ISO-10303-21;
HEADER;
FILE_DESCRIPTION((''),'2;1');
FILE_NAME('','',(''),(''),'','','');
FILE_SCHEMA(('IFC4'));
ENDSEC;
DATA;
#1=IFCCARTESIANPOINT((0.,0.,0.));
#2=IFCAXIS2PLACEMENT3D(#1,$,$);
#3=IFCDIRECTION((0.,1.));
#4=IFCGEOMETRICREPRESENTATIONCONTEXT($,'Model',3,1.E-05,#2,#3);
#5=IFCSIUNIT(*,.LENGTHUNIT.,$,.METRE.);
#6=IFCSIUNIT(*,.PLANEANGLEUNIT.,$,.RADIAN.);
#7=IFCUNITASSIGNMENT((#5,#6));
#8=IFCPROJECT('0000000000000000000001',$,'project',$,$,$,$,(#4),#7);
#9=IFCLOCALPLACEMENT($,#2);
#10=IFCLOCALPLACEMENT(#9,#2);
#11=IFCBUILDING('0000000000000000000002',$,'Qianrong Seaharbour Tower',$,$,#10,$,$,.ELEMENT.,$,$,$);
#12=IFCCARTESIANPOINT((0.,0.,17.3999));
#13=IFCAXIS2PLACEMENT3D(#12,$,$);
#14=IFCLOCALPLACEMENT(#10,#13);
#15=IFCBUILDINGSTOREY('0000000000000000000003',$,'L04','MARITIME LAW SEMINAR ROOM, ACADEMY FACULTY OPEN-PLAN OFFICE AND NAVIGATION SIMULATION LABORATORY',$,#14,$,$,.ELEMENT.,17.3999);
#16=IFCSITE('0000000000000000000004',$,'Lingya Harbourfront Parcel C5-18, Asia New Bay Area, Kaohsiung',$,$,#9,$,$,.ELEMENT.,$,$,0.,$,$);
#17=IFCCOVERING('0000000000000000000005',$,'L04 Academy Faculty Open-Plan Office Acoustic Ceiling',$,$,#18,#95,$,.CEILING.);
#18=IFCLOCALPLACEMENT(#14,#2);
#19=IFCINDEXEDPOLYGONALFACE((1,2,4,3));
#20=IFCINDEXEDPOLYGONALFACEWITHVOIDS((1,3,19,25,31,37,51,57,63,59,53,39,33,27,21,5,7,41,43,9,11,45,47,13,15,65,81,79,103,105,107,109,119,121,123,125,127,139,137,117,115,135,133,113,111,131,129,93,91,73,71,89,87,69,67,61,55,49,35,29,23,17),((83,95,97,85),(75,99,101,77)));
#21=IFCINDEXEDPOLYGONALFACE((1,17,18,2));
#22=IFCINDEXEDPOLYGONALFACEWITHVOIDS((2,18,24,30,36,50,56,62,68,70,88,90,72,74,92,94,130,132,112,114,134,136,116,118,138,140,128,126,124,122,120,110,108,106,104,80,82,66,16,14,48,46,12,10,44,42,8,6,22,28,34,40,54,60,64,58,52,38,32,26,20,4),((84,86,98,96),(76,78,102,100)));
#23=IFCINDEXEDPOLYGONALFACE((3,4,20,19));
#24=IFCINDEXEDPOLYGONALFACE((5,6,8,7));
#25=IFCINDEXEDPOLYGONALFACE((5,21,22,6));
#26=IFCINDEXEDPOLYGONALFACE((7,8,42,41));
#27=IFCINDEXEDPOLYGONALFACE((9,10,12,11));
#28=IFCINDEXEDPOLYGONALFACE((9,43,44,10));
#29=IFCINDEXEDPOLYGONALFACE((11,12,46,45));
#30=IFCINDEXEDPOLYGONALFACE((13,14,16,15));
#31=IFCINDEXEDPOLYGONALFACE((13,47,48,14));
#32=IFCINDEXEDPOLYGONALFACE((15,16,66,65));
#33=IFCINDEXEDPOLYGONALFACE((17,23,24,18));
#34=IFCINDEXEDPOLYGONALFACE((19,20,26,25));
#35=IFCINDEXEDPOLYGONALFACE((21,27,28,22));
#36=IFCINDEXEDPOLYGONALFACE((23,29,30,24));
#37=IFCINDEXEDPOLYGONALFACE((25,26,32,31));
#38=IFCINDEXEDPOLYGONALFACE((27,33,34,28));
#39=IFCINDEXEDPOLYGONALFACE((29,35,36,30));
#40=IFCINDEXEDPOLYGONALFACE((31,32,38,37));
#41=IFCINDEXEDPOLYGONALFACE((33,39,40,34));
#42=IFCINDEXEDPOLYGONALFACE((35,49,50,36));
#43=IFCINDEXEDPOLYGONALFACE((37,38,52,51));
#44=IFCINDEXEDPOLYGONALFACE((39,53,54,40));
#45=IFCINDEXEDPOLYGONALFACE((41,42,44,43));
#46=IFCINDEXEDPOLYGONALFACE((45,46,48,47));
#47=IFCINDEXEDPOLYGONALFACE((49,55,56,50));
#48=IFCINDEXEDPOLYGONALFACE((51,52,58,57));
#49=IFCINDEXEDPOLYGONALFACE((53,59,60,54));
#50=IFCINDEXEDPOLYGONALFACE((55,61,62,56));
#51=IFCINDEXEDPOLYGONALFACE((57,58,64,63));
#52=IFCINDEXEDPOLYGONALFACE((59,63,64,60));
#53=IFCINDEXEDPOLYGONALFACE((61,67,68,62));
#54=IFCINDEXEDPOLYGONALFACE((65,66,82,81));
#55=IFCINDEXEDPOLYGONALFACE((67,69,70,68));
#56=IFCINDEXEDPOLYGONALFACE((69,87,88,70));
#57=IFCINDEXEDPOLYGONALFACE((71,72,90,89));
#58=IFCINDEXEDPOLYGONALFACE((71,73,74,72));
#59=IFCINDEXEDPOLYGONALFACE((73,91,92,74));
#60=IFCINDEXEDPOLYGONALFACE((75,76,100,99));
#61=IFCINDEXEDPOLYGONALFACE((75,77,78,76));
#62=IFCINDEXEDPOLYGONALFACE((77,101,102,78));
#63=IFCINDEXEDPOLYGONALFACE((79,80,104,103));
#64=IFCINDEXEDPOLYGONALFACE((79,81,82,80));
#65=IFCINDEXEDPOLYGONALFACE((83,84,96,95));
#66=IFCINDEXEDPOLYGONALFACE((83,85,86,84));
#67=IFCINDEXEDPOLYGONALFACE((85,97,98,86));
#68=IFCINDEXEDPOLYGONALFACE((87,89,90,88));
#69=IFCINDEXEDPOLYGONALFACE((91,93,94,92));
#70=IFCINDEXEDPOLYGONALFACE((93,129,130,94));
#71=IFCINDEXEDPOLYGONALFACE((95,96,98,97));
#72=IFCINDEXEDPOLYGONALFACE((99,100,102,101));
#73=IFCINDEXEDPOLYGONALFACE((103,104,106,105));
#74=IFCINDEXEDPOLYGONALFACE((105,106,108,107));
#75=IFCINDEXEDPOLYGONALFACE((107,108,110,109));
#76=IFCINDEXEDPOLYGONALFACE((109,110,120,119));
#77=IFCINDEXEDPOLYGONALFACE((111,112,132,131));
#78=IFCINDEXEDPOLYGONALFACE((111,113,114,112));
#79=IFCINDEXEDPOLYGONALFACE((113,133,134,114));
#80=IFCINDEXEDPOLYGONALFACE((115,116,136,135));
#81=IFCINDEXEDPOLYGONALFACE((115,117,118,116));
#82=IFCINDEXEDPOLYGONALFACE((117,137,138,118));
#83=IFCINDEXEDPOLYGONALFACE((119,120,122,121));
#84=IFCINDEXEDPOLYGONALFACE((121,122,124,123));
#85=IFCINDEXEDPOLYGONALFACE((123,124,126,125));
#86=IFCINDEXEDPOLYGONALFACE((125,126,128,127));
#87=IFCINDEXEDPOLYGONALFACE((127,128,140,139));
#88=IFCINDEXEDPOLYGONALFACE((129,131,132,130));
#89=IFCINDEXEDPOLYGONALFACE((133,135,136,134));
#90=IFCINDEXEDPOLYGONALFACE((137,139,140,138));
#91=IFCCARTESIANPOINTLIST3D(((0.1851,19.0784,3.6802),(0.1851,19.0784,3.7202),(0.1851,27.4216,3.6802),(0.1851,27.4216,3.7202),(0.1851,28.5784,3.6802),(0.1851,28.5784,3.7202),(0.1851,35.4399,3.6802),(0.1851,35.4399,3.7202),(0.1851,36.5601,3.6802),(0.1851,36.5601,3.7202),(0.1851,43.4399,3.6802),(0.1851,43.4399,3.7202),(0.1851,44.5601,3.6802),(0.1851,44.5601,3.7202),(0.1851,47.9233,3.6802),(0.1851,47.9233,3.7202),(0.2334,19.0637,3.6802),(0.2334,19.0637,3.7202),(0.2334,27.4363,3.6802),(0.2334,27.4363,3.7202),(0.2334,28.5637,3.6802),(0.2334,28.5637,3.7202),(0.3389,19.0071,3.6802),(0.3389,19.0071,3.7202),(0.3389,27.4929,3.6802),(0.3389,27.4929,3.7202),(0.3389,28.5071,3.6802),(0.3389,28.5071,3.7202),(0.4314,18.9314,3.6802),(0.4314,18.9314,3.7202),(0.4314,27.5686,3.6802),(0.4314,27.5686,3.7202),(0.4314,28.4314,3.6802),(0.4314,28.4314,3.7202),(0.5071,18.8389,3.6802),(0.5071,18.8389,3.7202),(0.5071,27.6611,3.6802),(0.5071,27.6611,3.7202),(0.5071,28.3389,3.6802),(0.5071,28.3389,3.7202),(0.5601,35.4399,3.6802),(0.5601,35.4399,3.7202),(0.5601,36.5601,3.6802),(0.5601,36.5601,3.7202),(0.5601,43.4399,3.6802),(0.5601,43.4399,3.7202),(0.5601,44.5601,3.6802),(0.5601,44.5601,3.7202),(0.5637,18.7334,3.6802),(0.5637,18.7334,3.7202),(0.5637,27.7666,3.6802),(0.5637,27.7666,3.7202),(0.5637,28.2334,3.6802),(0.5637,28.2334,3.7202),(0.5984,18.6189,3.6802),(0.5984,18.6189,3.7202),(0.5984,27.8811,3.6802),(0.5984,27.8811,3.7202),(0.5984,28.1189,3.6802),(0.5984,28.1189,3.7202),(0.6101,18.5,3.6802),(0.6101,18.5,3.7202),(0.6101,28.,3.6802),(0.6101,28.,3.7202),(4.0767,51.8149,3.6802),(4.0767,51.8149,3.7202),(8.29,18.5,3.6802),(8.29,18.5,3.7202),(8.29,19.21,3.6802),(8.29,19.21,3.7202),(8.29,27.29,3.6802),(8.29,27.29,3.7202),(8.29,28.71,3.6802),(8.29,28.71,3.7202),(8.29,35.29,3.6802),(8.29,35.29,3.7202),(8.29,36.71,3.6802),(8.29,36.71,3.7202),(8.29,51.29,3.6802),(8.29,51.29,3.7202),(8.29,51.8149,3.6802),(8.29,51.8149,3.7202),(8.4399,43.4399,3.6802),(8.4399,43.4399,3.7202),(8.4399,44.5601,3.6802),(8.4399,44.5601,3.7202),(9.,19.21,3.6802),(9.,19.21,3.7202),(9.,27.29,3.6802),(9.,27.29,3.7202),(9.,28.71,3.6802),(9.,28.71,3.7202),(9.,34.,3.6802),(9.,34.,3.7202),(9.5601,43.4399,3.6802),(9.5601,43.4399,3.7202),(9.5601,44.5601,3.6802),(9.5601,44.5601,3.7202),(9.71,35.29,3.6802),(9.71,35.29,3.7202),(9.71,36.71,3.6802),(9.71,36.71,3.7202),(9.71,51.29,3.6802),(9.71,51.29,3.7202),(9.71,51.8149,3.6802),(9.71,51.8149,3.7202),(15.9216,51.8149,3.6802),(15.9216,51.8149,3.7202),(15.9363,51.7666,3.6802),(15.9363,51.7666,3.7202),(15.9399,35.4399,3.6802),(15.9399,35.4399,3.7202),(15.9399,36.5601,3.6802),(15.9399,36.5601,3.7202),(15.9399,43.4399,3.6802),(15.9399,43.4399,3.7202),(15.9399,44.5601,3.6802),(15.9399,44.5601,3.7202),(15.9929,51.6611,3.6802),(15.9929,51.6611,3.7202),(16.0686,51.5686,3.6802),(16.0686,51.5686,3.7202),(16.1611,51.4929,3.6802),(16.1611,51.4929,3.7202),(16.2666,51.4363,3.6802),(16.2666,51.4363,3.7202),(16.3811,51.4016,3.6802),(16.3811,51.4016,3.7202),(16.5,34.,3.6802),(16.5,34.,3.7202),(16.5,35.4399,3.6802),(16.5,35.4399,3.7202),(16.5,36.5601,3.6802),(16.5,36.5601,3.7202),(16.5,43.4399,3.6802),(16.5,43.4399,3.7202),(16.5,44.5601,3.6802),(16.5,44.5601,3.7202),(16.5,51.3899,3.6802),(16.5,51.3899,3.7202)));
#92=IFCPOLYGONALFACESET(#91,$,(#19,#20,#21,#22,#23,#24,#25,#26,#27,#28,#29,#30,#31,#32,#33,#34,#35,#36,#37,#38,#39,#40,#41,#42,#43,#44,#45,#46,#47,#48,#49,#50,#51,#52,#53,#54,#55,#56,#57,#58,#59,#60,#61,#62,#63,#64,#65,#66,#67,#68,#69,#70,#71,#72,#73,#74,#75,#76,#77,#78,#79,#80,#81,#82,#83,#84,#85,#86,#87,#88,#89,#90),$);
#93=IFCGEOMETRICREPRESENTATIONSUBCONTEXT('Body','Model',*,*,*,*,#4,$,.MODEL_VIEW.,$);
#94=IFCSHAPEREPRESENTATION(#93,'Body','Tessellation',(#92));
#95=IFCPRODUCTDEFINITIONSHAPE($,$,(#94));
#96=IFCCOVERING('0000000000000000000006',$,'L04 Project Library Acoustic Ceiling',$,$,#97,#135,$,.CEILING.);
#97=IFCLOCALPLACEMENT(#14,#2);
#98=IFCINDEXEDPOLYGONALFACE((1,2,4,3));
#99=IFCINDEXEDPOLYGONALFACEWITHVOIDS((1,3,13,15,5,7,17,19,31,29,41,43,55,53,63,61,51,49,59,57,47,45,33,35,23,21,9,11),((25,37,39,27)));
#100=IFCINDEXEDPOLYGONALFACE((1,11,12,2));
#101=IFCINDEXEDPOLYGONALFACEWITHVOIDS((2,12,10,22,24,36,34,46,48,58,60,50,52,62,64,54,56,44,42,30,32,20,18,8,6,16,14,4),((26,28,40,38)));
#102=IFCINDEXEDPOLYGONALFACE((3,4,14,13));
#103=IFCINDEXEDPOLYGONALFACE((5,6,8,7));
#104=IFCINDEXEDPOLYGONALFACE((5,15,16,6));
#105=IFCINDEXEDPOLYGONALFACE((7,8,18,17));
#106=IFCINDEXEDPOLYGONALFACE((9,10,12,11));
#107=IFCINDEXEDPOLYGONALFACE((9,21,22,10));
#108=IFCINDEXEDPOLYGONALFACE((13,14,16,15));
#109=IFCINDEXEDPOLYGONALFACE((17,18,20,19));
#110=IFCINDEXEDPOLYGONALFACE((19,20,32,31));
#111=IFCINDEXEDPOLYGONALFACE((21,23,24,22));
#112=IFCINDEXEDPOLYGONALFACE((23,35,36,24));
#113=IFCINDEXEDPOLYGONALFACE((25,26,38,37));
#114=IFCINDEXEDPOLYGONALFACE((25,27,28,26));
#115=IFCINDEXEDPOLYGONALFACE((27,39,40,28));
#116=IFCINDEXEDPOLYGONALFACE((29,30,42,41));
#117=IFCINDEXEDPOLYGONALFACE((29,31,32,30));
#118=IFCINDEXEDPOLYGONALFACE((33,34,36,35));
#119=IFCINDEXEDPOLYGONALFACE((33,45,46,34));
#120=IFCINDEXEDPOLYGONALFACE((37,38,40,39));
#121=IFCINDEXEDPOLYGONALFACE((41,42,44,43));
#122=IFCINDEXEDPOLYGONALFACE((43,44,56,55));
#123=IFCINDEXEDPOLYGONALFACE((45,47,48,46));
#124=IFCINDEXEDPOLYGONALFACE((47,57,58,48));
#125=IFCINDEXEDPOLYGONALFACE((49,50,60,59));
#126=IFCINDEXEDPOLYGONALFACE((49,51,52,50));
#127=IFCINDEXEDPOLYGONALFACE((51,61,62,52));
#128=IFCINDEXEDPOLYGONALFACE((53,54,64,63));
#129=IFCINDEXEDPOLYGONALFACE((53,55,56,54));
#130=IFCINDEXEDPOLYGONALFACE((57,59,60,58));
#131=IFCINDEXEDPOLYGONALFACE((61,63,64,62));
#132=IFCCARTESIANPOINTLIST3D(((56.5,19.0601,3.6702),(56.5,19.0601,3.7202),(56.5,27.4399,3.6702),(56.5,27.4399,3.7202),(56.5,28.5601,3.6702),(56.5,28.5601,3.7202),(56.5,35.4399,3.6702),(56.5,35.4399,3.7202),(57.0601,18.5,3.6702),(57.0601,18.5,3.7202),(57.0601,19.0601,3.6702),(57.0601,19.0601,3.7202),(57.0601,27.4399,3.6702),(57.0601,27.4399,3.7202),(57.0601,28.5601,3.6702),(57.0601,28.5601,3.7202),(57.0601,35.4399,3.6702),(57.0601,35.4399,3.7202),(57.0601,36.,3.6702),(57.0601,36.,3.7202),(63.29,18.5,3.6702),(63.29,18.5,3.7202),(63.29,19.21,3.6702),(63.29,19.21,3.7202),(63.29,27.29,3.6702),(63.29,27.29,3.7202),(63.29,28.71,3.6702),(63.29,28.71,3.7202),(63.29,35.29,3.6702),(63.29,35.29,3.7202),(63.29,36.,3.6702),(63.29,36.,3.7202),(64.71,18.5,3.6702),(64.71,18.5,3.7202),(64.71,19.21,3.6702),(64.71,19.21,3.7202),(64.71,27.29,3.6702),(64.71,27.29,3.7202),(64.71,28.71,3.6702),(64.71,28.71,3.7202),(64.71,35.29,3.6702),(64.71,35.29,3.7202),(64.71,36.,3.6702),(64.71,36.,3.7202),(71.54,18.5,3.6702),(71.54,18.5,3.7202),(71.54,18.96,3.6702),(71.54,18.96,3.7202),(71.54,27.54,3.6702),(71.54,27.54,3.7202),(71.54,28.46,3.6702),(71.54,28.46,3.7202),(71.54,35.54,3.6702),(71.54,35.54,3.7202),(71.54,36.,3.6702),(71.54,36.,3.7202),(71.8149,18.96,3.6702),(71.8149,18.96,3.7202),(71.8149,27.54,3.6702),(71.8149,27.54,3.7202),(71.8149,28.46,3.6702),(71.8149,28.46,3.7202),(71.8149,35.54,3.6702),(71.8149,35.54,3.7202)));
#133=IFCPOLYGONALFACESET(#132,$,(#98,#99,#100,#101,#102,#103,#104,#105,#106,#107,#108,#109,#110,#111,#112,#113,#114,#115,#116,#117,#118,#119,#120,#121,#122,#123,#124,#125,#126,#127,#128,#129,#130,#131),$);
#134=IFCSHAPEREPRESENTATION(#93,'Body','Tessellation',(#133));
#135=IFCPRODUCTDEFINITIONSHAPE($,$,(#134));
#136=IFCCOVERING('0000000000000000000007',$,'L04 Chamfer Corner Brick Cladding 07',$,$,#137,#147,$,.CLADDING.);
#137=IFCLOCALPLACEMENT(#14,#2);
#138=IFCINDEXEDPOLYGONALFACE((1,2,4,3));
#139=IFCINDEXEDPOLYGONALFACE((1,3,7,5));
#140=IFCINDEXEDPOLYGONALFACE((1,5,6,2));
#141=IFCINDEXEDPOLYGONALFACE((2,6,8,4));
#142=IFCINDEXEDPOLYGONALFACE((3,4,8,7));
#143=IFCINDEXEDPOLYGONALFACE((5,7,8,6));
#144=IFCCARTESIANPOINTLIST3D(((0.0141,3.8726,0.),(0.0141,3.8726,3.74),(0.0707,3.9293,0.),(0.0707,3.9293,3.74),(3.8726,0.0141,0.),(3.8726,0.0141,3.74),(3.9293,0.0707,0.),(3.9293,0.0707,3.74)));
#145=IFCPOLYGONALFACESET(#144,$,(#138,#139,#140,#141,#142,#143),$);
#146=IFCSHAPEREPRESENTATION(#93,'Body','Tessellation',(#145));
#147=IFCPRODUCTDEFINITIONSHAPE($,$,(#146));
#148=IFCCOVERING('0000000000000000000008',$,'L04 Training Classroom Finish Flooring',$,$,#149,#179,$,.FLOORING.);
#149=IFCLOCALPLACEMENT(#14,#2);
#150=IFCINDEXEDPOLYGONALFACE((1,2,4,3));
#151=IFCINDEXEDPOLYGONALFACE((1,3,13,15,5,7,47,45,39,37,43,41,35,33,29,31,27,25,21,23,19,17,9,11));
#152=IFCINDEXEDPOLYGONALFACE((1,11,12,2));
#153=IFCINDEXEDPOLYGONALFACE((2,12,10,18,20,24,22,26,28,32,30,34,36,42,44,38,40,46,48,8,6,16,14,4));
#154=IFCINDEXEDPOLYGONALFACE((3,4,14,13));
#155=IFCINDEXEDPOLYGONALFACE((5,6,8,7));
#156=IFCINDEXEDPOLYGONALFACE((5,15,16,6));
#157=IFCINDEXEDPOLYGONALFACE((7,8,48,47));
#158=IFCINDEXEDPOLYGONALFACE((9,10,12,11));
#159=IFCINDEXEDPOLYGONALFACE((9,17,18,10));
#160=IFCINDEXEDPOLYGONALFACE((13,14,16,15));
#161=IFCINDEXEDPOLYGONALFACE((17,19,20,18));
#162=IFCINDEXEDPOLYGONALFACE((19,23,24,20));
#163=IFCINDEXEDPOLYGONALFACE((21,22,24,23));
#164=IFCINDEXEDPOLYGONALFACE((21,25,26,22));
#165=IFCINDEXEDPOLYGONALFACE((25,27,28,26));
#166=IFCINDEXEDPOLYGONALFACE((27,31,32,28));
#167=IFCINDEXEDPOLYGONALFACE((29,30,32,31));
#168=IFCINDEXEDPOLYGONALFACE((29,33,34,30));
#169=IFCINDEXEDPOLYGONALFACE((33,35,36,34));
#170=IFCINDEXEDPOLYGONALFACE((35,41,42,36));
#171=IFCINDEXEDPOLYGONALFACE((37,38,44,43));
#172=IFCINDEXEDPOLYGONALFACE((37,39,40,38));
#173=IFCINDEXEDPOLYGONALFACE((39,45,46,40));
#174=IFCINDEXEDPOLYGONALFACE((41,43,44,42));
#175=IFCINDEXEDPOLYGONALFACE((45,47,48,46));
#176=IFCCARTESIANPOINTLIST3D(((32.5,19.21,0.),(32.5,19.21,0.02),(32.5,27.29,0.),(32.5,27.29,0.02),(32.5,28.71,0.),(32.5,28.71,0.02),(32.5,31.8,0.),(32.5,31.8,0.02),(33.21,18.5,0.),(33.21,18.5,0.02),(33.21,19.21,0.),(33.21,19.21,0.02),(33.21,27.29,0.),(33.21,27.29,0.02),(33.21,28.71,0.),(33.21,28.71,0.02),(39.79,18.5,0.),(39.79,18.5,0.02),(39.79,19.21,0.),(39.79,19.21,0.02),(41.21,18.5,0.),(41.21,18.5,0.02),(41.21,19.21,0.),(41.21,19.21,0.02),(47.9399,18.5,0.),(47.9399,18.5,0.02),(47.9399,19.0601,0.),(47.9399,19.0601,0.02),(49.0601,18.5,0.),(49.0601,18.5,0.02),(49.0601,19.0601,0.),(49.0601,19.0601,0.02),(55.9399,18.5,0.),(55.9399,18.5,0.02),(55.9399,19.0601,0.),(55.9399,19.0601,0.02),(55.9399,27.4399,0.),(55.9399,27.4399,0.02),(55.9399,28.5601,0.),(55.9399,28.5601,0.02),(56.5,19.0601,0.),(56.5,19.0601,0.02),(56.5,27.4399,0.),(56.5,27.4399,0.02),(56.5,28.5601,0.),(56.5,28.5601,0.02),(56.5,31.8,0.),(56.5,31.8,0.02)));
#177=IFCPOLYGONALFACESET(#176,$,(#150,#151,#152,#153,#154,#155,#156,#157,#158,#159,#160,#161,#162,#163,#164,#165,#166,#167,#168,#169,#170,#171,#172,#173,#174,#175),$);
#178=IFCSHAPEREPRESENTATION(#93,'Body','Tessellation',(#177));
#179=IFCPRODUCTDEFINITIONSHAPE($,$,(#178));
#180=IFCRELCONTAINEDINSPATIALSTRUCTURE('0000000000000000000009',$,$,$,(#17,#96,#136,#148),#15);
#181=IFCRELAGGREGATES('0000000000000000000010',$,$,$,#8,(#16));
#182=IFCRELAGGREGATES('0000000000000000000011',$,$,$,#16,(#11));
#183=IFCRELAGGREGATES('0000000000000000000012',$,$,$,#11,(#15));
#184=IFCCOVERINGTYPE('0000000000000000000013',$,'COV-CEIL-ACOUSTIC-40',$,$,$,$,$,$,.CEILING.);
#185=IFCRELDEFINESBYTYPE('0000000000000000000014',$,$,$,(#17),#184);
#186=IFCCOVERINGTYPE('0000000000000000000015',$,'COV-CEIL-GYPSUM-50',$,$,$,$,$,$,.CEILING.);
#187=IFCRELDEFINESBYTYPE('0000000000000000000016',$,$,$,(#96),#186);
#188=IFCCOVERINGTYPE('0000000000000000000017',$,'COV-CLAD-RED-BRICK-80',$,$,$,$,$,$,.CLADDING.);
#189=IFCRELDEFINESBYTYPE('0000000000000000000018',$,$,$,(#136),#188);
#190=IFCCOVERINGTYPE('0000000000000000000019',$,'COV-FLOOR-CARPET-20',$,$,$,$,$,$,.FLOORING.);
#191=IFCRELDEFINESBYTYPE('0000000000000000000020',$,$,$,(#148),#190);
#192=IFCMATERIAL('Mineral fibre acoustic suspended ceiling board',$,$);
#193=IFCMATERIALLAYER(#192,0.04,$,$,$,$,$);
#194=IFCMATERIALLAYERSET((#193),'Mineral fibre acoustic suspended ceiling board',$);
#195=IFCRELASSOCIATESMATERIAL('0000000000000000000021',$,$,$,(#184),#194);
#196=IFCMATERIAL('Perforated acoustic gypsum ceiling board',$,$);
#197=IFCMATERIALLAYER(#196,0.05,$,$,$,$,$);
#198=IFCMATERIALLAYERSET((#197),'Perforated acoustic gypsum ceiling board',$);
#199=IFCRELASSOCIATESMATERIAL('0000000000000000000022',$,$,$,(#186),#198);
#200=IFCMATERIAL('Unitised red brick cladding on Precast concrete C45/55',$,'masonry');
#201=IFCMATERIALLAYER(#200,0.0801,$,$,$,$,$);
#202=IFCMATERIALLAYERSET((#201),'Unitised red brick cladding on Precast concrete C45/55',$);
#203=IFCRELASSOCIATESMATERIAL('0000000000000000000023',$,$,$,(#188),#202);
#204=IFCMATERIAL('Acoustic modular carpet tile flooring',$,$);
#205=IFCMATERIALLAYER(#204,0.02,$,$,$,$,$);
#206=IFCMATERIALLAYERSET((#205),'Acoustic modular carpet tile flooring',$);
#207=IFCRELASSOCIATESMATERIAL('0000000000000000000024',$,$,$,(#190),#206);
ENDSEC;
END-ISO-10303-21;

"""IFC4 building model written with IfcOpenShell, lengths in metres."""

from ifc_helpers import new_model, si_unit, direction, frame, origin, origin_2d, place, context, subcontext, project, spatial, polyline, rectangle, outline, extrude, material, layer, layer_set, type_object, element, save


model = new_model("IFC4")

# Units and contexts
model_context = context("Model", 3, precision=1e-05, world=origin(), true_north=direction((0.0, 1.0)))
body_context = subcontext(model_context, "Body", "Model", "MODEL_VIEW")
ifc_project = project(units=[si_unit("LENGTHUNIT", "METRE"), si_unit("PLANEANGLEUNIT", "RADIAN")], contexts=[model_context])

# Site, building, storey
site_placement = place(None, origin())
site = spatial("IfcSite", under=ifc_project, at=site_placement, Name="Lingya Harbourfront Parcel C5-18, Asia New Bay Area, Kaohsiung", CompositionType="ELEMENT", RefElevation=0.0)
building_placement = place(site_placement, origin())
building = spatial("IfcBuilding", under=site, at=building_placement, Name="Qianrong Seaharbour Tower", CompositionType="ELEMENT")
storey_placement = place(building_placement, frame((0.0, 0.0, 17.3999)))
storey = spatial("IfcBuildingStorey", under=building, at=storey_placement, Name="L04", Description="MARITIME LAW SEMINAR ROOM, ACADEMY FACULTY OPEN-PLAN OFFICE AND NAVIGATION SIMULATION LABORATORY", CompositionType="ELEMENT", Elevation=17.3999)

# Coverings
ifc_material_1 = material(Name="Mineral fibre acoustic suspended ceiling board")
ifc_layer_1 = layer(ifc_material_1, 0.04)
ifc_layer_set_1 = layer_set([ifc_layer_1], Name="Mineral fibre acoustic suspended ceiling board")
covering_type_1 = type_object("IfcCoveringType", Name="COV-CEIL-ACOUSTIC-40", PredefinedType="CEILING", material=ifc_layer_set_1)
covering_1_placement = place(storey_placement, frame((0.0, 0.0, 3.6802)))
element("IfcCovering", 1, at=covering_1_placement, inside=storey, type_object=covering_type_1, Name="L04 Academy Faculty Open-Plan Office Acoustic Ceiling", PredefinedType="CEILING", context=body_context, shape_type="SweptSolid", body=[
    extrude(outline(polyline([(0.1851, 27.4216), (0.2334, 27.4363), (0.3389, 27.4929), (0.4314, 27.5686), (0.5071, 27.6611), (0.5637, 27.7666), (0.5984, 27.8811), (0.6101, 28.0), (0.5984, 28.1189), (0.5637, 28.2334), (0.5071, 28.3389), (0.4314, 28.4314), (0.3389, 28.5071), (0.2334, 28.5637), (0.1851, 28.5784), (0.1851, 35.4399), (0.5601, 35.4399), (0.5601, 36.5601), (0.1851, 36.5601), (0.1851, 43.4399), (0.5601, 43.4399), (0.5601, 44.5601), (0.1851, 44.5601), (0.1851, 47.9233), (4.0767, 51.8149), (8.29, 51.8149), (8.29, 51.29), (9.71, 51.29), (9.71, 51.8149), (15.9216, 51.8149), (15.9363, 51.7666), (15.9929, 51.6611), (16.0686, 51.5686), (16.1611, 51.4929), (16.2666, 51.4363), (16.3811, 51.4016), (16.5, 51.3899), (16.5, 44.5601), (15.9399, 44.5601), (15.9399, 43.4399), (16.5, 43.4399), (16.5, 36.5601), (15.9399, 36.5601), (15.9399, 35.4399), (16.5, 35.4399), (16.5, 34.0), (9.0, 34.0), (9.0, 28.71), (8.29, 28.71), (8.29, 27.29), (9.0, 27.29), (9.0, 19.21), (8.29, 19.21), (8.29, 18.5), (0.6101, 18.5), (0.5984, 18.6189), (0.5637, 18.7334), (0.5071, 18.8389), (0.4314, 18.9314), (0.3389, 19.0071), (0.2334, 19.0637), (0.1851, 19.0784), (0.1851, 27.4216)]), holes=[polyline([(8.29, 35.29), (9.71, 35.29), (9.71, 36.71), (8.29, 36.71), (8.29, 35.29)]), polyline([(8.4399, 43.4399), (9.5601, 43.4399), (9.5601, 44.5601), (8.4399, 44.5601), (8.4399, 43.4399)])]), origin(), (0.0, 0.0, 1.0), 0.04),
])
ifc_material_2 = material(Name="Perforated acoustic gypsum ceiling board")
ifc_layer_2 = layer(ifc_material_2, 0.05)
ifc_layer_set_2 = layer_set([ifc_layer_2], Name="Perforated acoustic gypsum ceiling board")
covering_type_2 = type_object("IfcCoveringType", Name="COV-CEIL-GYPSUM-50", PredefinedType="CEILING", material=ifc_layer_set_2)
covering_2_placement = place(storey_placement, frame((0.0, 0.0, 3.6702)))
element("IfcCovering", 2, at=covering_2_placement, inside=storey, type_object=covering_type_2, Name="L04 Project Library Acoustic Ceiling", PredefinedType="CEILING", context=body_context, shape_type="SweptSolid", body=[
    extrude(outline(polyline([(63.29, 36.0), (63.29, 35.29), (64.71, 35.29), (64.71, 36.0), (71.54, 36.0), (71.54, 35.54), (71.8149, 35.54), (71.8149, 28.46), (71.54, 28.46), (71.54, 27.54), (71.8149, 27.54), (71.8149, 18.96), (71.54, 18.96), (71.54, 18.5), (64.71, 18.5), (64.71, 19.21), (63.29, 19.21), (63.29, 18.5), (57.0601, 18.5), (57.0601, 19.0601), (56.5, 19.0601), (56.5, 27.4399), (57.0601, 27.4399), (57.0601, 28.5601), (56.5, 28.5601), (56.5, 35.4399), (57.0601, 35.4399), (57.0601, 36.0), (63.29, 36.0)]), holes=[polyline([(63.29, 28.71), (63.29, 27.29), (64.71, 27.29), (64.71, 28.71), (63.29, 28.71)])]), origin(), (0.0, 0.0, 1.0), 0.05),
])
ifc_material_3 = material(Name="Unitised red brick cladding on Precast concrete C45/55", Category="masonry")
ifc_layer_3 = layer(ifc_material_3, 0.0801)
ifc_layer_set_3 = layer_set([ifc_layer_3], Name="Unitised red brick cladding on Precast concrete C45/55")
covering_type_3 = type_object("IfcCoveringType", Name="COV-CLAD-RED-BRICK-80", PredefinedType="CLADDING", material=ifc_layer_set_3)
covering_3_placement = place(storey_placement, frame((1.9717, 1.9717, 0.0), z_axis=(0.0, 0.0, 1.0), x_axis=(-0.707107, 0.707107, 0.0)))
element("IfcCovering", 3, at=covering_3_placement, inside=storey, type_object=covering_type_3, Name="L04 Chamfer Corner Brick Cladding 07", PredefinedType="CLADDING", context=body_context, shape_type="SweptSolid", body=[
    extrude(rectangle(XDim=5.4568, YDim=0.0801, at=origin_2d()), origin(), (0.0, 0.0, 1.0), 3.74),
])
ifc_material_4 = material(Name="Acoustic modular carpet tile flooring")
ifc_layer_4 = layer(ifc_material_4, 0.02)
ifc_layer_set_4 = layer_set([ifc_layer_4], Name="Acoustic modular carpet tile flooring")
covering_type_4 = type_object("IfcCoveringType", Name="COV-FLOOR-CARPET-20", PredefinedType="FLOORING", material=ifc_layer_set_4)
covering_4_placement = place(storey_placement, origin())
element("IfcCovering", 4, at=covering_4_placement, inside=storey, type_object=covering_type_4, Name="L04 Training Classroom Finish Flooring", PredefinedType="FLOORING", context=body_context, shape_type="SweptSolid", body=[
    extrude(outline(polyline([(56.5, 31.8), (56.5, 28.5601), (55.9399, 28.5601), (55.9399, 27.4399), (56.5, 27.4399), (56.5, 19.0601), (55.9399, 19.0601), (55.9399, 18.5), (49.0601, 18.5), (49.0601, 19.0601), (47.9399, 19.0601), (47.9399, 18.5), (41.21, 18.5), (41.21, 19.21), (39.79, 19.21), (39.79, 18.5), (33.21, 18.5), (33.21, 19.21), (32.5, 19.21), (32.5, 27.29), (33.21, 27.29), (33.21, 28.71), (32.5, 28.71), (32.5, 31.8), (56.5, 31.8)])), origin(), (0.0, 0.0, 1.0), 0.02),
])

save(model, "model.ifc")
